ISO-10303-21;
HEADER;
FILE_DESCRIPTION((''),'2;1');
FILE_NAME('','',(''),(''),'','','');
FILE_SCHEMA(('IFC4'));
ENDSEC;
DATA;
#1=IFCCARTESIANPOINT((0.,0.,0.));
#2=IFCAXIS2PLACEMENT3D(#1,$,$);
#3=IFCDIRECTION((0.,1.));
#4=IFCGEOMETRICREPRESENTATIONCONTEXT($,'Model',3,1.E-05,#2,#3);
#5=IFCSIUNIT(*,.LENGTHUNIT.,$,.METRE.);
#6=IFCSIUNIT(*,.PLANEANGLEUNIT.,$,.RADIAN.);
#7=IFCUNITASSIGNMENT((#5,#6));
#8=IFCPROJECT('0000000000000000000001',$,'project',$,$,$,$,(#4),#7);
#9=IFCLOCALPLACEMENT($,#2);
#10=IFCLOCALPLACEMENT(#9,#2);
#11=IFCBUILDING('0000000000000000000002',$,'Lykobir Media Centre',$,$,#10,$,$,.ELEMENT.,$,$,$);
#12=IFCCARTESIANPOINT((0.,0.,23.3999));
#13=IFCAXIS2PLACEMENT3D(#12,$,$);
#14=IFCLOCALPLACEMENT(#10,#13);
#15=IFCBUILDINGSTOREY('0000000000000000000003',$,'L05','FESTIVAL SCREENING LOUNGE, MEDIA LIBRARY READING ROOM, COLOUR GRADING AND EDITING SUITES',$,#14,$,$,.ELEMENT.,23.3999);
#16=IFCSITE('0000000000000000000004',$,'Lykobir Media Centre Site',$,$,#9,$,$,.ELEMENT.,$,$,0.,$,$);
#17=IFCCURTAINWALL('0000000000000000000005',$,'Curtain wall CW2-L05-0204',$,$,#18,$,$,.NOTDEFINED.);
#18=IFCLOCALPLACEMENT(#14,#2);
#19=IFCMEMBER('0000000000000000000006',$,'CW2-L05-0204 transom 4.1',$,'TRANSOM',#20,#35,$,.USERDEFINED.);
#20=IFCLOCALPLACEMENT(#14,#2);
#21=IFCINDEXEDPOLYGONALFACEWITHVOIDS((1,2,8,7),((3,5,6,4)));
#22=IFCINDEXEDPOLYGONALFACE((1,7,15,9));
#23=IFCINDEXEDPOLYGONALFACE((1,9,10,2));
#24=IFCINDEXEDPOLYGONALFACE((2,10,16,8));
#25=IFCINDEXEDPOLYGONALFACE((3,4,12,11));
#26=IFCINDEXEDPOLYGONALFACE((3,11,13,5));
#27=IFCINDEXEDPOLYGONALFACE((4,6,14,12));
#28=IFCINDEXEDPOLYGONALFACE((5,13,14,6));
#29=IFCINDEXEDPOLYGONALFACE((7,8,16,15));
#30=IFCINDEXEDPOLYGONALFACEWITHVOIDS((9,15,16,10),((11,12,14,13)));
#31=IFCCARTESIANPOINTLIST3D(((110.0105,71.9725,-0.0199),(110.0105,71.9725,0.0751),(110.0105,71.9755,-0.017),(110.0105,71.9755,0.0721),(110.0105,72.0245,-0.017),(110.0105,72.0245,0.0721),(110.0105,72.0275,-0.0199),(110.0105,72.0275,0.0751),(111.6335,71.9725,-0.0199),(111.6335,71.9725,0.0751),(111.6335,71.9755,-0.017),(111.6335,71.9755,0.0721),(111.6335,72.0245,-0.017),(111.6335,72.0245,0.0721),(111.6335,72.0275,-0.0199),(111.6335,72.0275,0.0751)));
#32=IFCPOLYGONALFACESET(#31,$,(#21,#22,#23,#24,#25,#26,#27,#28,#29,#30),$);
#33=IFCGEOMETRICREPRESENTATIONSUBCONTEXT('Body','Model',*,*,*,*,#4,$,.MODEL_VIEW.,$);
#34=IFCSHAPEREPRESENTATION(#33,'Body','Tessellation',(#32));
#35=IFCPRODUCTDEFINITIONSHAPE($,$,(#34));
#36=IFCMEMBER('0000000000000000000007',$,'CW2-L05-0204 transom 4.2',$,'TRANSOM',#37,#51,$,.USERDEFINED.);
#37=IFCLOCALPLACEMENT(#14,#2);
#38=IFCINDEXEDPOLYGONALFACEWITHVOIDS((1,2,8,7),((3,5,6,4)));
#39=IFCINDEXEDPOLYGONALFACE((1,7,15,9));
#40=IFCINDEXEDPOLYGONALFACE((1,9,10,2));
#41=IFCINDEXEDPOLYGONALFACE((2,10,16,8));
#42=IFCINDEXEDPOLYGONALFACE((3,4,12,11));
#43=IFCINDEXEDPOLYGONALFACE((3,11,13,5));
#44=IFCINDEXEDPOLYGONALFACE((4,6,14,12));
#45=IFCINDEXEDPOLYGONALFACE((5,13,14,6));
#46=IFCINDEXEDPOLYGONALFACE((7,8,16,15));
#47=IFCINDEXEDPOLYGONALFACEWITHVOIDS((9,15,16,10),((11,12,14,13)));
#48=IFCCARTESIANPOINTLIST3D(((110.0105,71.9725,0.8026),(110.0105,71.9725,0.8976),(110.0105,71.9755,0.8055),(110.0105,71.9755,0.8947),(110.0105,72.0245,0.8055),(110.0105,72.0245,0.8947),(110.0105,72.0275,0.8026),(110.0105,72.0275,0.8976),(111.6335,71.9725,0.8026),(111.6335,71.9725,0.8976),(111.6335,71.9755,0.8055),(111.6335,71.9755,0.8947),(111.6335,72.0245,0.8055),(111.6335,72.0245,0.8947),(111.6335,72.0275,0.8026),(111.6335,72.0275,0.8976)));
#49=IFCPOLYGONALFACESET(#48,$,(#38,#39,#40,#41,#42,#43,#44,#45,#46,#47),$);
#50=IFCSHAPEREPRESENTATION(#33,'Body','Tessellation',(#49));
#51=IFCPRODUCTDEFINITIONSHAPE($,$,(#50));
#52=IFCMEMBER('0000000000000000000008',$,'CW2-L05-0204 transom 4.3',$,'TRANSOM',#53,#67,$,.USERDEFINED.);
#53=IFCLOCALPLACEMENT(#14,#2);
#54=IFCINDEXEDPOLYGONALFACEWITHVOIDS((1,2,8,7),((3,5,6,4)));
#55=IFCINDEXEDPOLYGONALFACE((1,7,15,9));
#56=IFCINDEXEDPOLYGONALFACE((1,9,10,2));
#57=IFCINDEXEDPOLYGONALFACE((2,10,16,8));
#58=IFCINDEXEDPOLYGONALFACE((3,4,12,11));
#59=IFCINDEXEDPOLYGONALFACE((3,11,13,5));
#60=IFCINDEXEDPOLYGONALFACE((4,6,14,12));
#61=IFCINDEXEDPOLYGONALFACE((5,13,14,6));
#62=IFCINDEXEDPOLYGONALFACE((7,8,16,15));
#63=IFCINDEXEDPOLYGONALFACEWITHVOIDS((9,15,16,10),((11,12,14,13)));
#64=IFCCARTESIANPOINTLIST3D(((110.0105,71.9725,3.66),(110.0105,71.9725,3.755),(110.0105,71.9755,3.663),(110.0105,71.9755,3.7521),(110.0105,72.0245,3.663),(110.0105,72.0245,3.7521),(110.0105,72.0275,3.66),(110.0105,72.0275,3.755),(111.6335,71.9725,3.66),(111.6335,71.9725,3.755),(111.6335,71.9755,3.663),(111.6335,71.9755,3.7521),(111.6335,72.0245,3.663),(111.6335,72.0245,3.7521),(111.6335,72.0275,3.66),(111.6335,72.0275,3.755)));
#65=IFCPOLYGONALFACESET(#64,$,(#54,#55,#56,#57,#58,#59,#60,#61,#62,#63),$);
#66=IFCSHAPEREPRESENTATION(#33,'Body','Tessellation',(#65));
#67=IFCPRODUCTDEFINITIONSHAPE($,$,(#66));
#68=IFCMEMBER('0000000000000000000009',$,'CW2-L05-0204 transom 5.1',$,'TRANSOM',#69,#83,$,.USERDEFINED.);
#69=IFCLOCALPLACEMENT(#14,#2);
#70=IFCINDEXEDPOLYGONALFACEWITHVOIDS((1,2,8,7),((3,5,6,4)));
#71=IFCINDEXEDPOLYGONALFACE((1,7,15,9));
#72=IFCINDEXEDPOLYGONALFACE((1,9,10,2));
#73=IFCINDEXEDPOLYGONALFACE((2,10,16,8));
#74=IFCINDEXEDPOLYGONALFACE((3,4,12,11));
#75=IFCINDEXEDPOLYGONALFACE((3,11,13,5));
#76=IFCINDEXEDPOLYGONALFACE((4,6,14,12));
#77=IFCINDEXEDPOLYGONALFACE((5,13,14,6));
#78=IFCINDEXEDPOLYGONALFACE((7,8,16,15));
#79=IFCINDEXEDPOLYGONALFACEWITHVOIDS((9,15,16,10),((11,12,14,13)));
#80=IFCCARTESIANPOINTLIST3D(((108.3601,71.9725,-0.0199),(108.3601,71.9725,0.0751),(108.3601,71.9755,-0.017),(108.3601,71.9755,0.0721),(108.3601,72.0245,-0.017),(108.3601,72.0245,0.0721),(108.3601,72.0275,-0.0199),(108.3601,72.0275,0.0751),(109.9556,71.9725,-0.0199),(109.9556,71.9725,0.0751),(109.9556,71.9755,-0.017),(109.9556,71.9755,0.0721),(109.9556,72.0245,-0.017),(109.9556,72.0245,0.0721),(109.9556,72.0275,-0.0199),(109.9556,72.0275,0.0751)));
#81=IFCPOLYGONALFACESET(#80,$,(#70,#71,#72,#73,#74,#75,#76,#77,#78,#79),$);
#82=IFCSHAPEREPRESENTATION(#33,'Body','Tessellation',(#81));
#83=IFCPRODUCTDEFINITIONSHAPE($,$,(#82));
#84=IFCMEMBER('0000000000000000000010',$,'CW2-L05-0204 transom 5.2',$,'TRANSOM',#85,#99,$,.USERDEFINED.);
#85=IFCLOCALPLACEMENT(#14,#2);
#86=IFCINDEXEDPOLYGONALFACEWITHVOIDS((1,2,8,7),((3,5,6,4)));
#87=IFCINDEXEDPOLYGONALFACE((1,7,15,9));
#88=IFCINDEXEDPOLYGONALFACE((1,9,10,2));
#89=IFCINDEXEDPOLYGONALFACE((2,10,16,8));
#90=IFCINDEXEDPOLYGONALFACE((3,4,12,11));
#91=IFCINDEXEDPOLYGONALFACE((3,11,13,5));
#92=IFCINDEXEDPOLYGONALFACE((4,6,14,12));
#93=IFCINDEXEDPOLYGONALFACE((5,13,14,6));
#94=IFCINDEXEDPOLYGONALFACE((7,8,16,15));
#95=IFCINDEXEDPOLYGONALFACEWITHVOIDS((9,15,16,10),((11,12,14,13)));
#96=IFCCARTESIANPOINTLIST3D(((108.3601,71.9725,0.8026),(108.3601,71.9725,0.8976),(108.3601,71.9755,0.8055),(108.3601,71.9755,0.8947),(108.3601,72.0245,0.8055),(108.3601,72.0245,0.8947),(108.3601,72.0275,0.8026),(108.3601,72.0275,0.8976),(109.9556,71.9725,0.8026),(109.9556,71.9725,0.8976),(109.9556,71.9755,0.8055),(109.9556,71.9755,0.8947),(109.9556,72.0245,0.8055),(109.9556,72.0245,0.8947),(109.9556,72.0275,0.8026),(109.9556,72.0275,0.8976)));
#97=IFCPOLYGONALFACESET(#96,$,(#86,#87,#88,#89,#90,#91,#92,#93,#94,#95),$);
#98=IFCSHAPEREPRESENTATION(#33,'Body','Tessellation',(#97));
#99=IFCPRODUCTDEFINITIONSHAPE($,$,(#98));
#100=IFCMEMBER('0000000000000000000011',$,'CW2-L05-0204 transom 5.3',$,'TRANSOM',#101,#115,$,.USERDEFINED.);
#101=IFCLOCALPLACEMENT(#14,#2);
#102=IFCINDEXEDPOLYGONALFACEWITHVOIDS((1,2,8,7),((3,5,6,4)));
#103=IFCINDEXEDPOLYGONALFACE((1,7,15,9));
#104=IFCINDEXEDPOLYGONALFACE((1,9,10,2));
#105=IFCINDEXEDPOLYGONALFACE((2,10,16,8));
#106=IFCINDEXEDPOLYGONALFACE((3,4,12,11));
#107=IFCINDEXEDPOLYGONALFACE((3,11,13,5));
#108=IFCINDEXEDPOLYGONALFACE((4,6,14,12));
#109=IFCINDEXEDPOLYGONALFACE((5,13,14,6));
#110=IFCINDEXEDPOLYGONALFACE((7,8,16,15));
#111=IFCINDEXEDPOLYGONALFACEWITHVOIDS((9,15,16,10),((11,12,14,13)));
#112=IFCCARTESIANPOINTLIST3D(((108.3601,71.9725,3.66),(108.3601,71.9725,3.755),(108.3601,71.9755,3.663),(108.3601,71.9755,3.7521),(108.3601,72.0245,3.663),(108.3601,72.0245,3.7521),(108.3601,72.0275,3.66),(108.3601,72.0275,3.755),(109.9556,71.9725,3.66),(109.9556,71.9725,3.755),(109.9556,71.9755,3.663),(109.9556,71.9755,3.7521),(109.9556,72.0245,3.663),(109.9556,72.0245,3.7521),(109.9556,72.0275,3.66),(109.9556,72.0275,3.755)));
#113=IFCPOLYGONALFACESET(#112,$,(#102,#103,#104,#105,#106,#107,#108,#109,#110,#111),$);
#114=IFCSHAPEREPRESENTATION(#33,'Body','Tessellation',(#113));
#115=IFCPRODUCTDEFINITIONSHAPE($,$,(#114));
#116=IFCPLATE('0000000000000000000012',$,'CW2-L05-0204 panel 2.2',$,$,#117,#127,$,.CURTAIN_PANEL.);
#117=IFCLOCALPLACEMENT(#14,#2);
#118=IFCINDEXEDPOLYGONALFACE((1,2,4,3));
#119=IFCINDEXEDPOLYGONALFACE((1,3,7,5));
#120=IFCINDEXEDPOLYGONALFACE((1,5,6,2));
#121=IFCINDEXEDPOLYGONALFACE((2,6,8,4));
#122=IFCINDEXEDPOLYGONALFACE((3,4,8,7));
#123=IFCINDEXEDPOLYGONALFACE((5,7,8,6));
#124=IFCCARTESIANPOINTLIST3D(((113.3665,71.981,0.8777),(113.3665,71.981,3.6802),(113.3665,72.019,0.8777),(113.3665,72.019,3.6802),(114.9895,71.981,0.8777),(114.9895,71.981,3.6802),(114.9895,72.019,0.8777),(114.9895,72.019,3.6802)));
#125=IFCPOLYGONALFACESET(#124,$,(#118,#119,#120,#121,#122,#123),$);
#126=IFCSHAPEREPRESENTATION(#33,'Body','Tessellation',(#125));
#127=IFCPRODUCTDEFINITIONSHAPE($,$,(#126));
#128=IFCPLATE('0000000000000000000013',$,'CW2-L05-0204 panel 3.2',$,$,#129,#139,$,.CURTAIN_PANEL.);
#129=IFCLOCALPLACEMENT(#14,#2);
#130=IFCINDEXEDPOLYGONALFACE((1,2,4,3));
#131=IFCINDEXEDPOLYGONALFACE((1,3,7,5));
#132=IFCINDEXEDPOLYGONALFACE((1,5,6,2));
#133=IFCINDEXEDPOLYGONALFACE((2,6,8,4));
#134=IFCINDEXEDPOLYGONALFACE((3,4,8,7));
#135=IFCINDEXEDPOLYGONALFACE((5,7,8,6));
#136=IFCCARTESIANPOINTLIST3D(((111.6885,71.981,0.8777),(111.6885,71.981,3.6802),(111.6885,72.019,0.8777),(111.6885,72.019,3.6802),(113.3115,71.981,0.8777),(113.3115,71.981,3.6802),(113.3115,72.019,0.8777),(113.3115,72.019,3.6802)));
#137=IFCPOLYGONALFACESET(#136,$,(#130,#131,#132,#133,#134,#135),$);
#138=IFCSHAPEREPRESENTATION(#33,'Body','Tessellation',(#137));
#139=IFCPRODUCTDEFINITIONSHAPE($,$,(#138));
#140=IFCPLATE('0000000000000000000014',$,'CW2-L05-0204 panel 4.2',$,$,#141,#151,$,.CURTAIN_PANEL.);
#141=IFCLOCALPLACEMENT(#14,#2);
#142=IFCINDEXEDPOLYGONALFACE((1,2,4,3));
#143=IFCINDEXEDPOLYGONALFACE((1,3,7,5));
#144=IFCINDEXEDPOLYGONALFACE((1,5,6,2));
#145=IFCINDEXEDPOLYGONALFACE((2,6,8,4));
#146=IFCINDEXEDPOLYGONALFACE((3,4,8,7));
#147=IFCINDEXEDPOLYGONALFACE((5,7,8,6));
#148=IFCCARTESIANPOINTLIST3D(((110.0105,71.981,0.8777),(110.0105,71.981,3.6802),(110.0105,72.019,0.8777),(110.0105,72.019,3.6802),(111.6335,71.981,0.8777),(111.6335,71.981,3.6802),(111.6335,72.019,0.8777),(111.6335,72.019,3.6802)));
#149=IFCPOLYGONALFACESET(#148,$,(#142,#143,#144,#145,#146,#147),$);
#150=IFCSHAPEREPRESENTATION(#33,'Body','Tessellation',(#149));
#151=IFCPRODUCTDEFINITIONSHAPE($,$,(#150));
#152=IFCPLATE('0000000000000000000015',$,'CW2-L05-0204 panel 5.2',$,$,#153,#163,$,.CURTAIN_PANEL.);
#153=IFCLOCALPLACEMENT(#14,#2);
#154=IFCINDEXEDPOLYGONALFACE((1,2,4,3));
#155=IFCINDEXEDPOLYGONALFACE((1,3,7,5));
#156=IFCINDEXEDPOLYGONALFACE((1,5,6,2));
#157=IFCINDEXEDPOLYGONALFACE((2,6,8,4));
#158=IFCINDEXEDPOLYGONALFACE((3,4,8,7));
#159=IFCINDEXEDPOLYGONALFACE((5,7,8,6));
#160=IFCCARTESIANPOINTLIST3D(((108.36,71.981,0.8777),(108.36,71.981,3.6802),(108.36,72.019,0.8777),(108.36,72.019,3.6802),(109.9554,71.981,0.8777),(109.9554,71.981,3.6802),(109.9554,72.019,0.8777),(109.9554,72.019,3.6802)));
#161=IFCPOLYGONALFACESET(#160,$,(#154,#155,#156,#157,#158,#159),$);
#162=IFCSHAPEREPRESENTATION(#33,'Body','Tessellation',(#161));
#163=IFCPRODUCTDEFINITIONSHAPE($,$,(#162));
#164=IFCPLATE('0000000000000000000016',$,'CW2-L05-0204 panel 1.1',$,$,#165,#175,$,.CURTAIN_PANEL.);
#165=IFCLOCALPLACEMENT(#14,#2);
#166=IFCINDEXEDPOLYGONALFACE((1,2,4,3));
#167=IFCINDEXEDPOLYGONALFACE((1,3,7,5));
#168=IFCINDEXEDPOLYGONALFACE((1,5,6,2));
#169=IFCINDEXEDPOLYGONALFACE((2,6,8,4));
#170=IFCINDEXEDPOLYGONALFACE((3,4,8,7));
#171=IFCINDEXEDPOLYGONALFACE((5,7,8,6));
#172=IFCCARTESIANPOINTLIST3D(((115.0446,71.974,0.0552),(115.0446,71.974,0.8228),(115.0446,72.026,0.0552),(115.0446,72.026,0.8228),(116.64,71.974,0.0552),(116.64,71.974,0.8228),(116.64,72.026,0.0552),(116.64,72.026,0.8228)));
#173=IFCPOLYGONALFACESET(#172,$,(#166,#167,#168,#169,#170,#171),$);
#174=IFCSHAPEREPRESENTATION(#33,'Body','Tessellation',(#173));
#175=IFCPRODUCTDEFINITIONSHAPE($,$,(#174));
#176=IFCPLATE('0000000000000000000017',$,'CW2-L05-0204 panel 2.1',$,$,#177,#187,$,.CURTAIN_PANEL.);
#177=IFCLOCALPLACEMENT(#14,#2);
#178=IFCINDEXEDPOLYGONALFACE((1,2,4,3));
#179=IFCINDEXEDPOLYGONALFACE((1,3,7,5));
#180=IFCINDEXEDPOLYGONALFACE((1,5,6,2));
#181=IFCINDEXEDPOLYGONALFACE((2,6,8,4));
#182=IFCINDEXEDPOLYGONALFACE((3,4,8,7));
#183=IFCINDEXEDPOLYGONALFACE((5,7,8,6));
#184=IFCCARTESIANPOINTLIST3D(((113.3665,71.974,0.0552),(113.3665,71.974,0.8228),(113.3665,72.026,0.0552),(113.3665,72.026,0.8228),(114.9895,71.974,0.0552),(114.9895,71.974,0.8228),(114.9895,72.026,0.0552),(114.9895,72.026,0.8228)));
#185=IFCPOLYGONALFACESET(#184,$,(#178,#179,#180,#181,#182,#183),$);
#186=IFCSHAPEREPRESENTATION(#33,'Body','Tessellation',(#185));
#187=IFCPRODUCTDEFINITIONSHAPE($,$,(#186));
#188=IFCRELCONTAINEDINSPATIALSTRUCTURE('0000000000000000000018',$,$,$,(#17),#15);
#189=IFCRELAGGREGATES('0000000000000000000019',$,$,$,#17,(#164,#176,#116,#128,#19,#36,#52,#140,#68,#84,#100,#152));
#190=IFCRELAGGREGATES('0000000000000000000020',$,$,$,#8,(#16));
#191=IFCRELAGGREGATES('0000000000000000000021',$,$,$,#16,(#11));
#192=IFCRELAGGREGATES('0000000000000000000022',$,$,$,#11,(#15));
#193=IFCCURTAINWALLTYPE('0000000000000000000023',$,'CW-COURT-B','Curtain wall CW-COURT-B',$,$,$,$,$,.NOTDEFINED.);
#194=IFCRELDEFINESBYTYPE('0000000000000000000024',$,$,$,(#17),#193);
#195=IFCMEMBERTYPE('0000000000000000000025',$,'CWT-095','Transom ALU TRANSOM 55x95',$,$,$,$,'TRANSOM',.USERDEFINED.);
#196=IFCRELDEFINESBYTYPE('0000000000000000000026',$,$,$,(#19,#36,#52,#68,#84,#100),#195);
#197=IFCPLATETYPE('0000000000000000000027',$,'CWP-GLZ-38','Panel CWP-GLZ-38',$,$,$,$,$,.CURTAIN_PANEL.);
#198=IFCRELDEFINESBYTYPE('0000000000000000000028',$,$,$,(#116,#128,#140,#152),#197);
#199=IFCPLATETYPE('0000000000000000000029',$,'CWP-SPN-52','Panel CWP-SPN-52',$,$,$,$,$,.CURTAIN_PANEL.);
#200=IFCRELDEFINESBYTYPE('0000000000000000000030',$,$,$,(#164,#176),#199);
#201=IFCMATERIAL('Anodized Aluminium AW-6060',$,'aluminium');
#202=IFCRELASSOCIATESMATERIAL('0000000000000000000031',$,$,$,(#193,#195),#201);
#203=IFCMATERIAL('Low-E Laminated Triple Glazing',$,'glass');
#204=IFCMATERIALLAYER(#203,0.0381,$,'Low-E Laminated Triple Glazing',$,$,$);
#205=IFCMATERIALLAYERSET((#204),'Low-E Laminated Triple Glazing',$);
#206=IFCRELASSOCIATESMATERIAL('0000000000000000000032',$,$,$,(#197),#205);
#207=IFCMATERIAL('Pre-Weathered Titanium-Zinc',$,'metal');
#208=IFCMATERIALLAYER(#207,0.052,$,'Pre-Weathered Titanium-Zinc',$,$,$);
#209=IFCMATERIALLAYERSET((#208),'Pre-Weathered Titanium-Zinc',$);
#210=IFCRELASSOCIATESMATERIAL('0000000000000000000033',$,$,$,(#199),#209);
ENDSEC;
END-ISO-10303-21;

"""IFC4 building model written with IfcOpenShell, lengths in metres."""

from ifc_helpers import new_model, si_unit, direction, frame, origin, origin_2d, place, context, subcontext, project, spatial, rectangle, hollow_rectangle, extrude, material, layer, layer_set, material_profile, profile_set, type_object, element, aggregate, save


model = new_model("IFC4")

# Units and contexts
model_context = context("Model", 3, precision=1e-05, world=origin(), true_north=direction((0.0, 1.0)))
body_context = subcontext(model_context, "Body", "Model", "MODEL_VIEW")
ifc_project = project(units=[si_unit("LENGTHUNIT", "METRE"), si_unit("PLANEANGLEUNIT", "RADIAN")], contexts=[model_context])

# Site, building, storey
site_placement = place(None, origin())
site = spatial("IfcSite", under=ifc_project, at=site_placement, Name="Lykobir Media Centre Site", CompositionType="ELEMENT", RefElevation=0.0)
building_placement = place(site_placement, origin())
building = spatial("IfcBuilding", under=site, at=building_placement, Name="Lykobir Media Centre", CompositionType="ELEMENT")
storey_placement = place(building_placement, frame((0.0, 0.0, 23.3999)))
storey = spatial("IfcBuildingStorey", under=building, at=storey_placement, Name="L05", Description="FESTIVAL SCREENING LOUNGE, MEDIA LIBRARY READING ROOM, COLOUR GRADING AND EDITING SUITES", CompositionType="ELEMENT", Elevation=23.3999)

# Curtain wall, members, plates
ifc_material_1 = material(Name="Anodized Aluminium AW-6060", Category="aluminium")
curtain_wall_type = type_object("IfcCurtainWallType", Name="CW-COURT-B", Description="Curtain wall CW-COURT-B", PredefinedType="NOTDEFINED", material=ifc_material_1)
curtain_wall_placement = place(storey_placement, origin())
curtain_wall = element("IfcCurtainWall", 1, at=curtain_wall_placement, inside=storey, type_object=curtain_wall_type, Name="Curtain wall CW2-L05-0204", PredefinedType="NOTDEFINED")
ifc_material_profile_1 = material_profile(ifc_material_1, hollow_rectangle(XDim=0.0549, YDim=0.095, WallThickness=0.0029, at=origin_2d()), Name="ALU TRANSOM 55x95")
ifc_profile_set_1 = profile_set([ifc_material_profile_1], Name="Anodized Aluminium AW-6060")
member_type_1 = type_object("IfcMemberType", Name="CWT-095", Description="Transom ALU TRANSOM 55x95", ElementType="TRANSOM", PredefinedType="USERDEFINED", material=ifc_profile_set_1)
member_1_placement = place(storey_placement, frame((111.6335, 72.0, 0.0276), z_axis=(-1.0, 0.0, 0.0), x_axis=(0.0, -1.0, 0.0)))
member_1 = element("IfcMember", 2, at=member_1_placement, type_object=member_type_1, Name="CW2-L05-0204 transom 4.1", ObjectType="TRANSOM", PredefinedType="USERDEFINED", context=body_context, shape_type="SweptSolid", body=[
    extrude(hollow_rectangle(XDim=0.0549, YDim=0.095, WallThickness=0.0029, at=origin_2d()), origin(), (0.0, 0.0, 1.0), 1.623),
])
member_2_placement = place(storey_placement, frame((111.6335, 72.0, 0.8501), z_axis=(-1.0, 0.0, 0.0), x_axis=(0.0, -1.0, 0.0)))
member_2 = element("IfcMember", 3, at=member_2_placement, type_object=member_type_1, Name="CW2-L05-0204 transom 4.2", ObjectType="TRANSOM", PredefinedType="USERDEFINED", context=body_context, shape_type="SweptSolid", body=[
    extrude(hollow_rectangle(XDim=0.0549, YDim=0.095, WallThickness=0.0029, at=origin_2d()), origin(), (0.0, 0.0, 1.0), 1.623),
])
member_3_placement = place(storey_placement, frame((111.6335, 72.0, 3.7075), z_axis=(-1.0, 0.0, 0.0), x_axis=(0.0, -1.0, 0.0)))
member_3 = element("IfcMember", 4, at=member_3_placement, type_object=member_type_1, Name="CW2-L05-0204 transom 4.3", ObjectType="TRANSOM", PredefinedType="USERDEFINED", context=body_context, shape_type="SweptSolid", body=[
    extrude(hollow_rectangle(XDim=0.0549, YDim=0.095, WallThickness=0.0029, at=origin_2d()), origin(), (0.0, 0.0, 1.0), 1.623),
])
member_4_placement = place(storey_placement, frame((109.9556, 72.0, 0.0276), z_axis=(-1.0, 0.0, 0.0), x_axis=(0.0, -1.0, 0.0)))
member_4 = element("IfcMember", 5, at=member_4_placement, type_object=member_type_1, Name="CW2-L05-0204 transom 5.1", ObjectType="TRANSOM", PredefinedType="USERDEFINED", context=body_context, shape_type="SweptSolid", body=[
    extrude(hollow_rectangle(XDim=0.0549, YDim=0.095, WallThickness=0.0029, at=origin_2d()), origin(), (0.0, 0.0, 1.0), 1.5955),
])
member_5_placement = place(storey_placement, frame((109.9556, 72.0, 0.8501), z_axis=(-1.0, 0.0, 0.0), x_axis=(0.0, -1.0, 0.0)))
member_5 = element("IfcMember", 6, at=member_5_placement, type_object=member_type_1, Name="CW2-L05-0204 transom 5.2", ObjectType="TRANSOM", PredefinedType="USERDEFINED", context=body_context, shape_type="SweptSolid", body=[
    extrude(hollow_rectangle(XDim=0.0549, YDim=0.095, WallThickness=0.0029, at=origin_2d()), origin(), (0.0, 0.0, 1.0), 1.5955),
])
member_6_placement = place(storey_placement, frame((109.9556, 72.0, 3.7075), z_axis=(-1.0, 0.0, 0.0), x_axis=(0.0, -1.0, 0.0)))
member_6 = element("IfcMember", 7, at=member_6_placement, type_object=member_type_1, Name="CW2-L05-0204 transom 5.3", ObjectType="TRANSOM", PredefinedType="USERDEFINED", context=body_context, shape_type="SweptSolid", body=[
    extrude(hollow_rectangle(XDim=0.0549, YDim=0.095, WallThickness=0.0029, at=origin_2d()), origin(), (0.0, 0.0, 1.0), 1.5955),
])
ifc_material_2 = material(Name="Low-E Laminated Triple Glazing", Category="glass")
ifc_layer_1 = layer(ifc_material_2, 0.0381, Name="Low-E Laminated Triple Glazing")
ifc_layer_set_1 = layer_set([ifc_layer_1], Name="Low-E Laminated Triple Glazing")
plate_type_1 = type_object("IfcPlateType", Name="CWP-GLZ-38", Description="Panel CWP-GLZ-38", PredefinedType="CURTAIN_PANEL", material=ifc_layer_set_1)
plate_1_placement = place(storey_placement, frame((114.178, 72.0, 0.8777), z_axis=(0.0, 0.0, 1.0), x_axis=(-1.0, 0.0, 0.0)))
plate_1 = element("IfcPlate", 8, at=plate_1_placement, type_object=plate_type_1, Name="CW2-L05-0204 panel 2.2", PredefinedType="CURTAIN_PANEL", context=body_context, shape_type="SweptSolid", body=[
    extrude(rectangle(XDim=1.623, YDim=0.0381, at=origin_2d()), origin(), (0.0, 0.0, 1.0), 2.8025),
])
plate_2_placement = place(storey_placement, frame((112.5, 72.0, 0.8777), z_axis=(0.0, 0.0, 1.0), x_axis=(-1.0, 0.0, 0.0)))
plate_2 = element("IfcPlate", 9, at=plate_2_placement, type_object=plate_type_1, Name="CW2-L05-0204 panel 3.2", PredefinedType="CURTAIN_PANEL", context=body_context, shape_type="SweptSolid", body=[
    extrude(rectangle(XDim=1.623, YDim=0.0381, at=origin_2d()), origin(), (0.0, 0.0, 1.0), 2.8025),
])
plate_3_placement = place(storey_placement, frame((110.822, 72.0, 0.8777), z_axis=(0.0, 0.0, 1.0), x_axis=(-1.0, 0.0, 0.0)))
plate_3 = element("IfcPlate", 10, at=plate_3_placement, type_object=plate_type_1, Name="CW2-L05-0204 panel 4.2", PredefinedType="CURTAIN_PANEL", context=body_context, shape_type="SweptSolid", body=[
    extrude(rectangle(XDim=1.623, YDim=0.0381, at=origin_2d()), origin(), (0.0, 0.0, 1.0), 2.8025),
])
plate_4_placement = place(storey_placement, frame((109.1577, 72.0, 0.8777), z_axis=(0.0, 0.0, 1.0), x_axis=(-1.0, 0.0, 0.0)))
plate_4 = element("IfcPlate", 11, at=plate_4_placement, type_object=plate_type_1, Name="CW2-L05-0204 panel 5.2", PredefinedType="CURTAIN_PANEL", context=body_context, shape_type="SweptSolid", body=[
    extrude(rectangle(XDim=1.5955, YDim=0.0381, at=origin_2d()), origin(), (0.0, 0.0, 1.0), 2.8025),
])
ifc_material_3 = material(Name="Pre-Weathered Titanium-Zinc", Category="metal")
ifc_layer_2 = layer(ifc_material_3, 0.052, Name="Pre-Weathered Titanium-Zinc")
ifc_layer_set_2 = layer_set([ifc_layer_2], Name="Pre-Weathered Titanium-Zinc")
plate_type_2 = type_object("IfcPlateType", Name="CWP-SPN-52", Description="Panel CWP-SPN-52", PredefinedType="CURTAIN_PANEL", material=ifc_layer_set_2)
plate_5_placement = place(storey_placement, frame((115.8423, 72.0, 0.0552), z_axis=(0.0, 0.0, 1.0), x_axis=(-1.0, 0.0, 0.0)))
plate_5 = element("IfcPlate", 12, at=plate_5_placement, type_object=plate_type_2, Name="CW2-L05-0204 panel 1.1", PredefinedType="CURTAIN_PANEL", context=body_context, shape_type="SweptSolid", body=[
    extrude(rectangle(XDim=1.5955, YDim=0.052, at=origin_2d()), origin(), (0.0, 0.0, 1.0), 0.7676),
])
plate_6_placement = place(storey_placement, frame((114.178, 72.0, 0.0552), z_axis=(0.0, 0.0, 1.0), x_axis=(-1.0, 0.0, 0.0)))
plate_6 = element("IfcPlate", 13, at=plate_6_placement, type_object=plate_type_2, Name="CW2-L05-0204 panel 2.1", PredefinedType="CURTAIN_PANEL", context=body_context, shape_type="SweptSolid", body=[
    extrude(rectangle(XDim=1.623, YDim=0.052, at=origin_2d()), origin(), (0.0, 0.0, 1.0), 0.7676),
])
aggregate(curtain_wall, [plate_5, plate_6, plate_1, plate_2, member_1, member_2, member_3, plate_3, member_4, member_5, member_6, plate_4])

save(model, "model.ifc")
